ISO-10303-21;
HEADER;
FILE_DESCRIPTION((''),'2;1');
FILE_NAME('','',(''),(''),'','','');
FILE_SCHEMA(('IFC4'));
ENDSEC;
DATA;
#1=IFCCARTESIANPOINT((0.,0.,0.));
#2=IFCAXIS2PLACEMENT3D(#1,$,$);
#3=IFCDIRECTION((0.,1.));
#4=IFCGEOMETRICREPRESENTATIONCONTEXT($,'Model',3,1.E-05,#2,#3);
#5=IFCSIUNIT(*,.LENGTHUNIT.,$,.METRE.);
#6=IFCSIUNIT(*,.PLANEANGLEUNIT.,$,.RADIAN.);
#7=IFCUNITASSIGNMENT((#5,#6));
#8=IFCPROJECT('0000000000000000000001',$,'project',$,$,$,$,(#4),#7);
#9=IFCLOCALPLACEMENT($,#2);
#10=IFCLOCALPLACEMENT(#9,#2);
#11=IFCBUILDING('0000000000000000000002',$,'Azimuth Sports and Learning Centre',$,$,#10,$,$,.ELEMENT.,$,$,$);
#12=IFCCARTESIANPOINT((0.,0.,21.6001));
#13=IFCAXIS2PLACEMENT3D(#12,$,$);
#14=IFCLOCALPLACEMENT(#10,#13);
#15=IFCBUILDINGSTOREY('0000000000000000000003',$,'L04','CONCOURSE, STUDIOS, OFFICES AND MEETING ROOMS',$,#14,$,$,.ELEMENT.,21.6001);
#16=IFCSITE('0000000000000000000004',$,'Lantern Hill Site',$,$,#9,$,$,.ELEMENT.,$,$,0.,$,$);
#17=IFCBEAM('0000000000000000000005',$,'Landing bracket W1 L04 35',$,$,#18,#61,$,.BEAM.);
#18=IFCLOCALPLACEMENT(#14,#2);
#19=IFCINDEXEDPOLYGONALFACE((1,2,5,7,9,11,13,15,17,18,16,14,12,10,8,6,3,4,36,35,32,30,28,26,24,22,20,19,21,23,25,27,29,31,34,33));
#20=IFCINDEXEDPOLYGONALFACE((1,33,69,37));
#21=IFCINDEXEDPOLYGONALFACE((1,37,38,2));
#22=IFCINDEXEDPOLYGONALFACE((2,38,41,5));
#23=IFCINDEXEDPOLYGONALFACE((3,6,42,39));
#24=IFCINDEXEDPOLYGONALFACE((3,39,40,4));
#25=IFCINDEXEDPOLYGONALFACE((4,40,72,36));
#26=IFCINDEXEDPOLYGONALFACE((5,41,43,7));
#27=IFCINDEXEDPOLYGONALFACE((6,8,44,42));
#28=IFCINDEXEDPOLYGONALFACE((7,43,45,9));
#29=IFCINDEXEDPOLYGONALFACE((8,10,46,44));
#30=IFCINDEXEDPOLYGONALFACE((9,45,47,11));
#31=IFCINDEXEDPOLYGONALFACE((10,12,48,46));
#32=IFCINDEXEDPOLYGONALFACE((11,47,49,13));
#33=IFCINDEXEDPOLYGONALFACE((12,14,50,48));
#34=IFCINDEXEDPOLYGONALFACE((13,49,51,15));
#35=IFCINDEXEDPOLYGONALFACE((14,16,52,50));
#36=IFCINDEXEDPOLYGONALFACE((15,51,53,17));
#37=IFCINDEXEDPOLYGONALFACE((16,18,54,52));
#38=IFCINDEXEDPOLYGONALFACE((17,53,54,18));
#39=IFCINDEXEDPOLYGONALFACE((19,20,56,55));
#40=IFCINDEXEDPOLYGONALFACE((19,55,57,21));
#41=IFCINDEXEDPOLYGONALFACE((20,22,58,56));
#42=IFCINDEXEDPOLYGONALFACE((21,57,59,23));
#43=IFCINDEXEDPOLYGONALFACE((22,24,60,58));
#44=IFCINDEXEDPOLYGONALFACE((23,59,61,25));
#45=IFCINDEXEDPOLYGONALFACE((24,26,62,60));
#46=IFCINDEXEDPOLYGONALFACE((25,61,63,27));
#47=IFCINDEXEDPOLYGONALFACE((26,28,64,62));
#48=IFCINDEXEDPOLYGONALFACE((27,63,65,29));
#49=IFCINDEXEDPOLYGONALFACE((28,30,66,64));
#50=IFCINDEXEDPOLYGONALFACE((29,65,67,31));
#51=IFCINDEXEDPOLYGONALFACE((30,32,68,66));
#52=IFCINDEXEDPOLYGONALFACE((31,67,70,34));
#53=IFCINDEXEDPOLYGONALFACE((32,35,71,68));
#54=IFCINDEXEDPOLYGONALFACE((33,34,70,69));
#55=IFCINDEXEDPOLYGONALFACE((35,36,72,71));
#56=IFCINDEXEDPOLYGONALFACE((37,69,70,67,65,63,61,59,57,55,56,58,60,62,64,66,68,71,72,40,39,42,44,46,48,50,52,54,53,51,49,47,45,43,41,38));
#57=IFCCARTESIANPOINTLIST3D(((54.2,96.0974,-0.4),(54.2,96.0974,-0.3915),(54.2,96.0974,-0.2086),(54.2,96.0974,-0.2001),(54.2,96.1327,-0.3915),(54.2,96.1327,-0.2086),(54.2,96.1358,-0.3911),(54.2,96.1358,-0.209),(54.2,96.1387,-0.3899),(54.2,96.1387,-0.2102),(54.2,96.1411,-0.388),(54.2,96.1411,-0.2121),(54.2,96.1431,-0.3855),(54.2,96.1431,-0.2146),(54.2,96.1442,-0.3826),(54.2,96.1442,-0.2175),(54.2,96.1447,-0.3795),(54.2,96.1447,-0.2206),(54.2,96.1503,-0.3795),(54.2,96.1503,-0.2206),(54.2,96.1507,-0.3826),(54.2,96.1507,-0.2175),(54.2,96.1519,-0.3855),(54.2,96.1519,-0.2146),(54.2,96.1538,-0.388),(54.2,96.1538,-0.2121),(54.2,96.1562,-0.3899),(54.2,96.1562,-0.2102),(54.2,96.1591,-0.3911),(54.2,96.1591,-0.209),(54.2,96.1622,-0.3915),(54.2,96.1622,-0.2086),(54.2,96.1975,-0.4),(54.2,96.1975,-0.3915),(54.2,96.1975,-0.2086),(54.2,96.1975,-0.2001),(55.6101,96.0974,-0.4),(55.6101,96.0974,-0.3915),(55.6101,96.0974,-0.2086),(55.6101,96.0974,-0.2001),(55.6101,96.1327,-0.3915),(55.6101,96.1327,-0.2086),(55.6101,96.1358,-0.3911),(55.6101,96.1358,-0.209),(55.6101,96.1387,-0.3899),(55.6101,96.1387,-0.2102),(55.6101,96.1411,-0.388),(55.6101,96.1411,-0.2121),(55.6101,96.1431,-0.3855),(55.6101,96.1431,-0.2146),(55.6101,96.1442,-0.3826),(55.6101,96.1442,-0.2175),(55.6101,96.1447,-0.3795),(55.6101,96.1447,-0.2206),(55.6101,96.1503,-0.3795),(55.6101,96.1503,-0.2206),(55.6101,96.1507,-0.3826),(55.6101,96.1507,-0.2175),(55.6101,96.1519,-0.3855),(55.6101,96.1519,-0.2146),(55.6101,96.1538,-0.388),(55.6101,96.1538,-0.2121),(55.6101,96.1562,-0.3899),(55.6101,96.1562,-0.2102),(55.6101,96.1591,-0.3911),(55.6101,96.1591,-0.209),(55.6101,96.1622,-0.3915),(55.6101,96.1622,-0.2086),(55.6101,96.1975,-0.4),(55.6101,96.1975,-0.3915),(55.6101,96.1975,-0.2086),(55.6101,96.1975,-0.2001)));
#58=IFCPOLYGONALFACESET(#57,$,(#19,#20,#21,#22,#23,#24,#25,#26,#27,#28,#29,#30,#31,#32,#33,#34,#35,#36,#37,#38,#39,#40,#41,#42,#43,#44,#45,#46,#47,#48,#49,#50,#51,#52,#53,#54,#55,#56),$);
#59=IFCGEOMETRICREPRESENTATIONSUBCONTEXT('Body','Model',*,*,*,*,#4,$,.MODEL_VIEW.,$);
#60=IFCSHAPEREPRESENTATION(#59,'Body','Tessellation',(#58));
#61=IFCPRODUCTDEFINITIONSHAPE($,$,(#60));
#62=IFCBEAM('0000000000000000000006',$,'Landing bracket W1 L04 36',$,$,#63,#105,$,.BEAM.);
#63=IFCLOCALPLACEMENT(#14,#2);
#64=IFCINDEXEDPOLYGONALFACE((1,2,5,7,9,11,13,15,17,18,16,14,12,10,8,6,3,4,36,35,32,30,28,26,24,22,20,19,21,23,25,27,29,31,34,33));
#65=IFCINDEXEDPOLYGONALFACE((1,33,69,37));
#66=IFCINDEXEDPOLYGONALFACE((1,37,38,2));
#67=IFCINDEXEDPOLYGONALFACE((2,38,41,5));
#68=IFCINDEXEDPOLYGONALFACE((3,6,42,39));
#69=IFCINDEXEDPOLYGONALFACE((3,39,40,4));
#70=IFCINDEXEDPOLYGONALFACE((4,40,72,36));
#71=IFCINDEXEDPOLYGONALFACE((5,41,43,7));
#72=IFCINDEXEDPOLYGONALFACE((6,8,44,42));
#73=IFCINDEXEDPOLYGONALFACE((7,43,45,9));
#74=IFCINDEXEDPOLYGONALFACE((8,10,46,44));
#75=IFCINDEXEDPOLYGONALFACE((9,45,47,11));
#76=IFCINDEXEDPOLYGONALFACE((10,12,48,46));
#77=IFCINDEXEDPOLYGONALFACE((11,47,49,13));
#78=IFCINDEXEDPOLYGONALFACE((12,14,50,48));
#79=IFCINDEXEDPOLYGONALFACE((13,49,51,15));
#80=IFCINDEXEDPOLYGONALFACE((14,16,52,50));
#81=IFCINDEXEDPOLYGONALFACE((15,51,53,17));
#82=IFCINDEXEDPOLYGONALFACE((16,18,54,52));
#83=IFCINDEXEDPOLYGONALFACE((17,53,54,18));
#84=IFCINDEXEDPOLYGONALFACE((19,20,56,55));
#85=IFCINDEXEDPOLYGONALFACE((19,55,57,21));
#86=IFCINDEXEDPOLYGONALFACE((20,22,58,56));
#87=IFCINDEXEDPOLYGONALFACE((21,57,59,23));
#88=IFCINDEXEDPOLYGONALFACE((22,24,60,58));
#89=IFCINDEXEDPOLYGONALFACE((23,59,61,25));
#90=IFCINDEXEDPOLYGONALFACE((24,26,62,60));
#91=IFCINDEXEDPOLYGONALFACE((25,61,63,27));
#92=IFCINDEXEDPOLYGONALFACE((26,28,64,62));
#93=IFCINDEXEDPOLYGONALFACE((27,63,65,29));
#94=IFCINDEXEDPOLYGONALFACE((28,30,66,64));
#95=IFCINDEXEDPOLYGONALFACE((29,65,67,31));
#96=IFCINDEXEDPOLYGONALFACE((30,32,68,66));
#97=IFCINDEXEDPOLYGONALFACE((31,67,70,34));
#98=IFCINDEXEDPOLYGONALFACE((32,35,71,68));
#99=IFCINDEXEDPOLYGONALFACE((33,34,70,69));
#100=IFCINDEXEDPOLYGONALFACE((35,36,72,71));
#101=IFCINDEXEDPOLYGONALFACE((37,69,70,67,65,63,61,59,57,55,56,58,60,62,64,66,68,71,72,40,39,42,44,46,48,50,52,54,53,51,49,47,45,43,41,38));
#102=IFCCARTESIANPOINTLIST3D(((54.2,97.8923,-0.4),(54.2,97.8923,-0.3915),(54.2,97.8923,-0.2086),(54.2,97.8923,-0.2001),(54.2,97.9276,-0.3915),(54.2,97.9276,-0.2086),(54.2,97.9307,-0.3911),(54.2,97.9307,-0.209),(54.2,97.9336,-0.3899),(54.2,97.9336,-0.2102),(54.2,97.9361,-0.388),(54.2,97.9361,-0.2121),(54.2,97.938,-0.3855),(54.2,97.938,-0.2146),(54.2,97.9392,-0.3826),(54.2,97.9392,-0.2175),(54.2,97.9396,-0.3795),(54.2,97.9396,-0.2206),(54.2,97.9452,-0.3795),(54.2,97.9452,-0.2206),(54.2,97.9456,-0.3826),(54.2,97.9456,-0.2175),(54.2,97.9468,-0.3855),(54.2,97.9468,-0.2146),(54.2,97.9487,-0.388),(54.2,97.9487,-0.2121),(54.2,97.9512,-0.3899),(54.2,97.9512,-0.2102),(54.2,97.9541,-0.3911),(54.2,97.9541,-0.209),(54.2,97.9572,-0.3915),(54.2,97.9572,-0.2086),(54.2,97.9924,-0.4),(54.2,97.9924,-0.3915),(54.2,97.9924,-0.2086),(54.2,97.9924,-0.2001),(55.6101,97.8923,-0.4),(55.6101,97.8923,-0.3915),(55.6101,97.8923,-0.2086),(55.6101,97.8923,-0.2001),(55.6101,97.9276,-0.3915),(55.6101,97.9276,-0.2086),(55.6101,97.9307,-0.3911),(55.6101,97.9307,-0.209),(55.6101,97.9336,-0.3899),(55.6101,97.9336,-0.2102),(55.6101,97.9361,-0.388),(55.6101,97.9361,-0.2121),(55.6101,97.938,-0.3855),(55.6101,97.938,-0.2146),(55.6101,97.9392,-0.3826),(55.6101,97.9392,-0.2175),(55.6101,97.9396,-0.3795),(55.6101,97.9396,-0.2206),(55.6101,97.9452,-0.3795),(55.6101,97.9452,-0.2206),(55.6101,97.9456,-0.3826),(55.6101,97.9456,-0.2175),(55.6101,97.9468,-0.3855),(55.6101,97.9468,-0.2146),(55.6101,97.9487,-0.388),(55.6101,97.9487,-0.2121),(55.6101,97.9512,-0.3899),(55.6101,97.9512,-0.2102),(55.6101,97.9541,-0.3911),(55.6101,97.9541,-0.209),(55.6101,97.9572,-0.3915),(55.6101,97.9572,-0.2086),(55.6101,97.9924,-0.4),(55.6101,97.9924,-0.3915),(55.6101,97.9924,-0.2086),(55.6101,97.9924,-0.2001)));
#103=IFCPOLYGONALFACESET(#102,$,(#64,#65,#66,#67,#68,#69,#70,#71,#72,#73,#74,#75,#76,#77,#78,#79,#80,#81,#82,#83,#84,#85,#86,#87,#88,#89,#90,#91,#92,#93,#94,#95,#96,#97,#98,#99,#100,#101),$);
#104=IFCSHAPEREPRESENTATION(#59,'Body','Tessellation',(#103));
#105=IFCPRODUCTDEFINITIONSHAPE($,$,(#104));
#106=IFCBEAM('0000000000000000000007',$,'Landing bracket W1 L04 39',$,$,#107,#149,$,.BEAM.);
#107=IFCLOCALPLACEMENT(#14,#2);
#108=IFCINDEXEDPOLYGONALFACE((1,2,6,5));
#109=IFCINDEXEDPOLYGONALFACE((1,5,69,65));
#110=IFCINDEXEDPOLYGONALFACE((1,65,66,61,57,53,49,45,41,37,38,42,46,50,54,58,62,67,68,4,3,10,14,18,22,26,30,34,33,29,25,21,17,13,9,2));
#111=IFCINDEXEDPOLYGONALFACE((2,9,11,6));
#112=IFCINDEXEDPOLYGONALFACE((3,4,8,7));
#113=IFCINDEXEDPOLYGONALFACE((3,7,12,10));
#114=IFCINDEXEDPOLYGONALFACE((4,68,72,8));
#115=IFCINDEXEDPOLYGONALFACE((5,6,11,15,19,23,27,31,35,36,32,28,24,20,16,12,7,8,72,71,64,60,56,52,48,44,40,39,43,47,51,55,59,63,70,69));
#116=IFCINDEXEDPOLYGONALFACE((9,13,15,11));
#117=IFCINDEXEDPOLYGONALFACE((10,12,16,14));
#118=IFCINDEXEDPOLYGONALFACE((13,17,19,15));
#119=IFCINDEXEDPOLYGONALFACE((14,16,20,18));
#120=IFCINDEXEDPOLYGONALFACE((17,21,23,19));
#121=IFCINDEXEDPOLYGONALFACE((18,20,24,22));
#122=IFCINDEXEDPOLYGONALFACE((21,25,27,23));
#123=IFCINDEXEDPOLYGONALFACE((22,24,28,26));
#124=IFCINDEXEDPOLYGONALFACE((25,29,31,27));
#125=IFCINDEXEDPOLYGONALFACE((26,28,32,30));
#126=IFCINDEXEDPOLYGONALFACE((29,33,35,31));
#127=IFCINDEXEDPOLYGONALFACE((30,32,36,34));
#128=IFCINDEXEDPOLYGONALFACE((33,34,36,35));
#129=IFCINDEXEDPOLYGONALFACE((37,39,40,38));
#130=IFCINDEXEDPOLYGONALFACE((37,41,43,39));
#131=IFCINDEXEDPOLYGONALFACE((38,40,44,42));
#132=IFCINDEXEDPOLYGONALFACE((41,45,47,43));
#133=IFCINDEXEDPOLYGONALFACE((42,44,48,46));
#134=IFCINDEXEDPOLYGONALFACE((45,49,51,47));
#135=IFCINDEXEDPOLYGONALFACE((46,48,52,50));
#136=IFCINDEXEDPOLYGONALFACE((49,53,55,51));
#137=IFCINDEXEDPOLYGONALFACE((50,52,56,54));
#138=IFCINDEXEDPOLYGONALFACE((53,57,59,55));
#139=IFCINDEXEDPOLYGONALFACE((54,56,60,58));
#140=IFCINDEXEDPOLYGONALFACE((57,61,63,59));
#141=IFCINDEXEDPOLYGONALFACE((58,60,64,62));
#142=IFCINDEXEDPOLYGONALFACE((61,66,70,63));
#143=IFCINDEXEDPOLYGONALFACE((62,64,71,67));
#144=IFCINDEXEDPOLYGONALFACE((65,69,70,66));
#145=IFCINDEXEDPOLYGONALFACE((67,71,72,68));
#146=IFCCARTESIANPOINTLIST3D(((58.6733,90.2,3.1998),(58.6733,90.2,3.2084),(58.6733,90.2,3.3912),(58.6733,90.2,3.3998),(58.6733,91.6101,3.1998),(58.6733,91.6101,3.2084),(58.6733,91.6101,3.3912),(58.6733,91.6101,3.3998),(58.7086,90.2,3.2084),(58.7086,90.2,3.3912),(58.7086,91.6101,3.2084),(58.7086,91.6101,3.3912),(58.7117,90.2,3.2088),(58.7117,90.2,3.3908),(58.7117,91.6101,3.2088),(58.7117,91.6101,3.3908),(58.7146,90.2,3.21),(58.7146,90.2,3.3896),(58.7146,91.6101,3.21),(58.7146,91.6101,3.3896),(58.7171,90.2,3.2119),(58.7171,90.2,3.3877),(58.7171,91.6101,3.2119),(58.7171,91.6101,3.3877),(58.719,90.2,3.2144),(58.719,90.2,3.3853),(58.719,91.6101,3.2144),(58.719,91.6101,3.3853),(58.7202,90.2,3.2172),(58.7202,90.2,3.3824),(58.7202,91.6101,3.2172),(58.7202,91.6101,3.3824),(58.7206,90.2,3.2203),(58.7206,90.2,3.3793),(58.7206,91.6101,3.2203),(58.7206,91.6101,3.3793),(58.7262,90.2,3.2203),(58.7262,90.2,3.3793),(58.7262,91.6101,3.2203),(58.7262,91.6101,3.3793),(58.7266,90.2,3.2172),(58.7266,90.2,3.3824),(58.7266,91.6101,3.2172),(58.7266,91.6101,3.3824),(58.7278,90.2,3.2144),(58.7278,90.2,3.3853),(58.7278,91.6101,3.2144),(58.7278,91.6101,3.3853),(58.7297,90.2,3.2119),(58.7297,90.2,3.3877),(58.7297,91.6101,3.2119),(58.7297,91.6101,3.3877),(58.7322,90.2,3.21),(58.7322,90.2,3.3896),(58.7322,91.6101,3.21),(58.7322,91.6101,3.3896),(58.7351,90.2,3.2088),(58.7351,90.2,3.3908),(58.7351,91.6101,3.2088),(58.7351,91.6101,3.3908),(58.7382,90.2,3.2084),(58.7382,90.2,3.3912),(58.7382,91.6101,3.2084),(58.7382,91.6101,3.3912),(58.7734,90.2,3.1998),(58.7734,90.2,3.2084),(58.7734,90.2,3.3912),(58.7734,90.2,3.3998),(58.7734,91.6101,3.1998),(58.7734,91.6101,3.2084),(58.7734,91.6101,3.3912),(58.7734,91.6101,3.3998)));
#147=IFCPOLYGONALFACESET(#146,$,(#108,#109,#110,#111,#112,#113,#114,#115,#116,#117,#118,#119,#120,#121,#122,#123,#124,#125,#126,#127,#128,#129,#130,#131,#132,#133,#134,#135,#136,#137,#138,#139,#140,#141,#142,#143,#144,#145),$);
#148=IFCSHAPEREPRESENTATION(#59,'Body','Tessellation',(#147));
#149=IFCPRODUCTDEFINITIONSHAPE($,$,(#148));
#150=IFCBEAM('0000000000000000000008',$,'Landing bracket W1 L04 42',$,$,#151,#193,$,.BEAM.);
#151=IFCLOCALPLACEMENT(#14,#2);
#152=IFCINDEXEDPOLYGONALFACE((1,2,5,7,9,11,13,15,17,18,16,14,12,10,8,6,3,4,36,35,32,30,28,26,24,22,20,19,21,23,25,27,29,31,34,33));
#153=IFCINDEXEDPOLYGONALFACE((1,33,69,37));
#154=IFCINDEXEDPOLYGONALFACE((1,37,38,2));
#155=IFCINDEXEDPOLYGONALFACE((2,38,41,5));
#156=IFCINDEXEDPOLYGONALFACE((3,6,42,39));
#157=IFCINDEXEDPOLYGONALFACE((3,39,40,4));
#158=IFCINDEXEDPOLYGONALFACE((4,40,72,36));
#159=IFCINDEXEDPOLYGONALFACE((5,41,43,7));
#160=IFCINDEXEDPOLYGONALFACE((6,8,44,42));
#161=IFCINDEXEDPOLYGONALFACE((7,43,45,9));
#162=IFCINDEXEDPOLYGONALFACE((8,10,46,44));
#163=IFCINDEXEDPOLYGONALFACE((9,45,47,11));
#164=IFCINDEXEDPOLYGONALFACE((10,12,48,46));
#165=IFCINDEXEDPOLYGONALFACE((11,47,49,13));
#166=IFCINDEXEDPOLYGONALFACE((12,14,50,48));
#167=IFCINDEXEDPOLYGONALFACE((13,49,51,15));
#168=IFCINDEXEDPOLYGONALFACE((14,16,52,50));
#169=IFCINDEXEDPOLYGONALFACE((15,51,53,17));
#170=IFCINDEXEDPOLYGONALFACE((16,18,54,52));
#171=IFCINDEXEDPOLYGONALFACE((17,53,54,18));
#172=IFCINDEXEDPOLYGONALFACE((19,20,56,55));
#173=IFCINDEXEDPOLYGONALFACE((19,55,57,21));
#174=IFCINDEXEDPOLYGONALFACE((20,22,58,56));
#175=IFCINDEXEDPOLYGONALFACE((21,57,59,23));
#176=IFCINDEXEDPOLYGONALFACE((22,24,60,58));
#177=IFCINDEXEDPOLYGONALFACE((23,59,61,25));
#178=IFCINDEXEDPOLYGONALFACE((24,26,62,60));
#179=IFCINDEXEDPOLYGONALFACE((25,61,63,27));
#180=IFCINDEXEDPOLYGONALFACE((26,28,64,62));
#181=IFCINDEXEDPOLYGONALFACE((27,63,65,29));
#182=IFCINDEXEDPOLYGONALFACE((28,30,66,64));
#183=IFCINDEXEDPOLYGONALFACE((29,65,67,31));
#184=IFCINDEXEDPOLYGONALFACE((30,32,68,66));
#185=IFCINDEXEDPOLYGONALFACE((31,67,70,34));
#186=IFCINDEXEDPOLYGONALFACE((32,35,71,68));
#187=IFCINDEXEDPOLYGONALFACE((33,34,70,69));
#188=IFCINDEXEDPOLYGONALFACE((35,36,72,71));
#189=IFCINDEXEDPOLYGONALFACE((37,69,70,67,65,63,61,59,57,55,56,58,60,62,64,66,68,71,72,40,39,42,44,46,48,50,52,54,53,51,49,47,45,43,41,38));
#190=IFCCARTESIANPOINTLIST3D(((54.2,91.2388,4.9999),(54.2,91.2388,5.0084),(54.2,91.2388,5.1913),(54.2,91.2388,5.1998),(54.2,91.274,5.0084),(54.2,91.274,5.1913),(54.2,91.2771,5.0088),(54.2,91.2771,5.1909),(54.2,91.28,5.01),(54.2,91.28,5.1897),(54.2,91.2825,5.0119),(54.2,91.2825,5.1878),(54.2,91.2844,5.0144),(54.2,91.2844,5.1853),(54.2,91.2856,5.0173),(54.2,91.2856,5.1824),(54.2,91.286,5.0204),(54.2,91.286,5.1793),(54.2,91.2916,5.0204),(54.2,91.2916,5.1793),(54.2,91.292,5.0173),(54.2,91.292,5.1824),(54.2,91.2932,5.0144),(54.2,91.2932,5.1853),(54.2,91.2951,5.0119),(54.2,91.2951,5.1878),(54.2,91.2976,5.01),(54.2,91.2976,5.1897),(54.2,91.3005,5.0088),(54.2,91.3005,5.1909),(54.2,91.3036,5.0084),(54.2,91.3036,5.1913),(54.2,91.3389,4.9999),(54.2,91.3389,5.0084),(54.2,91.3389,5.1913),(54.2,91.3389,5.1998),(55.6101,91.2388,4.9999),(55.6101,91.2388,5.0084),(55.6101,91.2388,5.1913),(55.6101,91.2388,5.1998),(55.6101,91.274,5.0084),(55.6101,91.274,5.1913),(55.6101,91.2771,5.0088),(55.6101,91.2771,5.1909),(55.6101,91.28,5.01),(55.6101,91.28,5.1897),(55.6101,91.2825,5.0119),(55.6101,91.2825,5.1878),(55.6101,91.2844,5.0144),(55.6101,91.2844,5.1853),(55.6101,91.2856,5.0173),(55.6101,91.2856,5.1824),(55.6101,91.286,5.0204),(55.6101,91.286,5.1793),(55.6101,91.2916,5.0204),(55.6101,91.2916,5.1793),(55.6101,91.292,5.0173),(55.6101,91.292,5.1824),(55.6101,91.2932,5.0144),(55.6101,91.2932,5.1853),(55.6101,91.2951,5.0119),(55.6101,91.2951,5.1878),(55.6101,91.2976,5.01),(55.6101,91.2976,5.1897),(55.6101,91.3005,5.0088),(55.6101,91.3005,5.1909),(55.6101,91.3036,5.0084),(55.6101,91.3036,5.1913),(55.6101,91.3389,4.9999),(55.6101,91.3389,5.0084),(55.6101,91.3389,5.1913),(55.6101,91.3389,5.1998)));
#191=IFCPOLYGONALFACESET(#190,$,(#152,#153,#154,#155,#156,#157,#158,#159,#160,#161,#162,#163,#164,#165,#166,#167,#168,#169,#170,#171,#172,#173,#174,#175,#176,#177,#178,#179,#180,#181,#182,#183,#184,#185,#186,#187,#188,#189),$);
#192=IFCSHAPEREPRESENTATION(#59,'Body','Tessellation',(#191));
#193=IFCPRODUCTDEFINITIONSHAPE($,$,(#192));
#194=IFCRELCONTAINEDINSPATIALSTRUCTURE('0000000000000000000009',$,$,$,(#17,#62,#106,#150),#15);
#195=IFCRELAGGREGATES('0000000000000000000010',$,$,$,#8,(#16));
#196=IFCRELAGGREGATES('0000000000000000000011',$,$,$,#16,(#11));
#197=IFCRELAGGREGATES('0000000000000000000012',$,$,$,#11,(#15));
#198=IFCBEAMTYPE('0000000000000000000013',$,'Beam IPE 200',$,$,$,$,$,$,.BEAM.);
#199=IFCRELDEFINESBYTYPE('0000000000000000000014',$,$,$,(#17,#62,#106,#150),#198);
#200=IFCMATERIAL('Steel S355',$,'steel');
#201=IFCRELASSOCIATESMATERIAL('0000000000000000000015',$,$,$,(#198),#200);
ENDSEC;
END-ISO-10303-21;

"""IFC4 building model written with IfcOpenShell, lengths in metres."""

from ifc_helpers import new_model, si_unit, direction, frame, origin, origin_2d, place, context, subcontext, project, spatial, i_section, extrude, material, material_profile, profile_set, type_object, element, save


model = new_model("IFC4")

# Units and contexts
model_context = context("Model", 3, precision=1e-05, world=origin(), true_north=direction((0.0, 1.0)))
body_context = subcontext(model_context, "Body", "Model", "MODEL_VIEW")
ifc_project = project(units=[si_unit("LENGTHUNIT", "METRE"), si_unit("PLANEANGLEUNIT", "RADIAN")], contexts=[model_context])

# Site, building, storey
site_placement = place(None, origin())
site = spatial("IfcSite", under=ifc_project, at=site_placement, Name="Lantern Hill Site", CompositionType="ELEMENT", RefElevation=0.0)
building_placement = place(site_placement, origin())
building = spatial("IfcBuilding", under=site, at=building_placement, Name="Azimuth Sports and Learning Centre", CompositionType="ELEMENT")
storey_placement = place(building_placement, frame((0.0, 0.0, 21.6001)))
storey = spatial("IfcBuildingStorey", under=building, at=storey_placement, Name="L04", Description="CONCOURSE, STUDIOS, OFFICES AND MEETING ROOMS", CompositionType="ELEMENT", Elevation=21.6001)

# Beams
ifc_material_1 = material(Name="Steel S355", Category="steel")
ifc_material_profile_1 = material_profile(ifc_material_1, i_section(OverallWidth=0.1001, OverallDepth=0.2, WebThickness=0.0056, FlangeThickness=0.0085, FilletRadius=0.012, at=origin_2d()), Name="IPE 200")
ifc_profile_set_1 = profile_set([ifc_material_profile_1], Name="Steel S355")
beam_type_1 = type_object("IfcBeamType", Name="Beam IPE 200", PredefinedType="BEAM", material=ifc_profile_set_1)
for number, where, z_axis, x_axis, name in (
    (1, (54.2, 96.1475, -0.3), (1.0, 0.0, 0.0), (0.0, 1.0, 0.0), "Landing bracket W1 L04 35"),
    (2, (54.2, 97.9424, -0.3), (1.0, 0.0, 0.0), (0.0, 1.0, 0.0), "Landing bracket W1 L04 36"),
    (3, (58.7234, 90.2, 3.2998), (0.0, 1.0, 0.0), (-1.0, 0.0, 0.0), "Landing bracket W1 L04 39"),
    (4, (54.2, 91.2888, 5.0999), (1.0, 0.0, 0.0), (0.0, 1.0, 0.0), "Landing bracket W1 L04 42"),
):
    element("IfcBeam", number, at=place(storey_placement, frame(where, z_axis=z_axis, x_axis=x_axis)), inside=storey, type_object=beam_type_1, Name=name, PredefinedType="BEAM", context=body_context, shape_type="SweptSolid", body=[
        extrude(i_section(OverallWidth=0.1001, OverallDepth=0.2, WebThickness=0.0056, FlangeThickness=0.0085, FilletRadius=0.012, at=origin_2d()), origin(), (0.0, 0.0, 1.0), 1.4102),
    ])

save(model, "model.ifc")
